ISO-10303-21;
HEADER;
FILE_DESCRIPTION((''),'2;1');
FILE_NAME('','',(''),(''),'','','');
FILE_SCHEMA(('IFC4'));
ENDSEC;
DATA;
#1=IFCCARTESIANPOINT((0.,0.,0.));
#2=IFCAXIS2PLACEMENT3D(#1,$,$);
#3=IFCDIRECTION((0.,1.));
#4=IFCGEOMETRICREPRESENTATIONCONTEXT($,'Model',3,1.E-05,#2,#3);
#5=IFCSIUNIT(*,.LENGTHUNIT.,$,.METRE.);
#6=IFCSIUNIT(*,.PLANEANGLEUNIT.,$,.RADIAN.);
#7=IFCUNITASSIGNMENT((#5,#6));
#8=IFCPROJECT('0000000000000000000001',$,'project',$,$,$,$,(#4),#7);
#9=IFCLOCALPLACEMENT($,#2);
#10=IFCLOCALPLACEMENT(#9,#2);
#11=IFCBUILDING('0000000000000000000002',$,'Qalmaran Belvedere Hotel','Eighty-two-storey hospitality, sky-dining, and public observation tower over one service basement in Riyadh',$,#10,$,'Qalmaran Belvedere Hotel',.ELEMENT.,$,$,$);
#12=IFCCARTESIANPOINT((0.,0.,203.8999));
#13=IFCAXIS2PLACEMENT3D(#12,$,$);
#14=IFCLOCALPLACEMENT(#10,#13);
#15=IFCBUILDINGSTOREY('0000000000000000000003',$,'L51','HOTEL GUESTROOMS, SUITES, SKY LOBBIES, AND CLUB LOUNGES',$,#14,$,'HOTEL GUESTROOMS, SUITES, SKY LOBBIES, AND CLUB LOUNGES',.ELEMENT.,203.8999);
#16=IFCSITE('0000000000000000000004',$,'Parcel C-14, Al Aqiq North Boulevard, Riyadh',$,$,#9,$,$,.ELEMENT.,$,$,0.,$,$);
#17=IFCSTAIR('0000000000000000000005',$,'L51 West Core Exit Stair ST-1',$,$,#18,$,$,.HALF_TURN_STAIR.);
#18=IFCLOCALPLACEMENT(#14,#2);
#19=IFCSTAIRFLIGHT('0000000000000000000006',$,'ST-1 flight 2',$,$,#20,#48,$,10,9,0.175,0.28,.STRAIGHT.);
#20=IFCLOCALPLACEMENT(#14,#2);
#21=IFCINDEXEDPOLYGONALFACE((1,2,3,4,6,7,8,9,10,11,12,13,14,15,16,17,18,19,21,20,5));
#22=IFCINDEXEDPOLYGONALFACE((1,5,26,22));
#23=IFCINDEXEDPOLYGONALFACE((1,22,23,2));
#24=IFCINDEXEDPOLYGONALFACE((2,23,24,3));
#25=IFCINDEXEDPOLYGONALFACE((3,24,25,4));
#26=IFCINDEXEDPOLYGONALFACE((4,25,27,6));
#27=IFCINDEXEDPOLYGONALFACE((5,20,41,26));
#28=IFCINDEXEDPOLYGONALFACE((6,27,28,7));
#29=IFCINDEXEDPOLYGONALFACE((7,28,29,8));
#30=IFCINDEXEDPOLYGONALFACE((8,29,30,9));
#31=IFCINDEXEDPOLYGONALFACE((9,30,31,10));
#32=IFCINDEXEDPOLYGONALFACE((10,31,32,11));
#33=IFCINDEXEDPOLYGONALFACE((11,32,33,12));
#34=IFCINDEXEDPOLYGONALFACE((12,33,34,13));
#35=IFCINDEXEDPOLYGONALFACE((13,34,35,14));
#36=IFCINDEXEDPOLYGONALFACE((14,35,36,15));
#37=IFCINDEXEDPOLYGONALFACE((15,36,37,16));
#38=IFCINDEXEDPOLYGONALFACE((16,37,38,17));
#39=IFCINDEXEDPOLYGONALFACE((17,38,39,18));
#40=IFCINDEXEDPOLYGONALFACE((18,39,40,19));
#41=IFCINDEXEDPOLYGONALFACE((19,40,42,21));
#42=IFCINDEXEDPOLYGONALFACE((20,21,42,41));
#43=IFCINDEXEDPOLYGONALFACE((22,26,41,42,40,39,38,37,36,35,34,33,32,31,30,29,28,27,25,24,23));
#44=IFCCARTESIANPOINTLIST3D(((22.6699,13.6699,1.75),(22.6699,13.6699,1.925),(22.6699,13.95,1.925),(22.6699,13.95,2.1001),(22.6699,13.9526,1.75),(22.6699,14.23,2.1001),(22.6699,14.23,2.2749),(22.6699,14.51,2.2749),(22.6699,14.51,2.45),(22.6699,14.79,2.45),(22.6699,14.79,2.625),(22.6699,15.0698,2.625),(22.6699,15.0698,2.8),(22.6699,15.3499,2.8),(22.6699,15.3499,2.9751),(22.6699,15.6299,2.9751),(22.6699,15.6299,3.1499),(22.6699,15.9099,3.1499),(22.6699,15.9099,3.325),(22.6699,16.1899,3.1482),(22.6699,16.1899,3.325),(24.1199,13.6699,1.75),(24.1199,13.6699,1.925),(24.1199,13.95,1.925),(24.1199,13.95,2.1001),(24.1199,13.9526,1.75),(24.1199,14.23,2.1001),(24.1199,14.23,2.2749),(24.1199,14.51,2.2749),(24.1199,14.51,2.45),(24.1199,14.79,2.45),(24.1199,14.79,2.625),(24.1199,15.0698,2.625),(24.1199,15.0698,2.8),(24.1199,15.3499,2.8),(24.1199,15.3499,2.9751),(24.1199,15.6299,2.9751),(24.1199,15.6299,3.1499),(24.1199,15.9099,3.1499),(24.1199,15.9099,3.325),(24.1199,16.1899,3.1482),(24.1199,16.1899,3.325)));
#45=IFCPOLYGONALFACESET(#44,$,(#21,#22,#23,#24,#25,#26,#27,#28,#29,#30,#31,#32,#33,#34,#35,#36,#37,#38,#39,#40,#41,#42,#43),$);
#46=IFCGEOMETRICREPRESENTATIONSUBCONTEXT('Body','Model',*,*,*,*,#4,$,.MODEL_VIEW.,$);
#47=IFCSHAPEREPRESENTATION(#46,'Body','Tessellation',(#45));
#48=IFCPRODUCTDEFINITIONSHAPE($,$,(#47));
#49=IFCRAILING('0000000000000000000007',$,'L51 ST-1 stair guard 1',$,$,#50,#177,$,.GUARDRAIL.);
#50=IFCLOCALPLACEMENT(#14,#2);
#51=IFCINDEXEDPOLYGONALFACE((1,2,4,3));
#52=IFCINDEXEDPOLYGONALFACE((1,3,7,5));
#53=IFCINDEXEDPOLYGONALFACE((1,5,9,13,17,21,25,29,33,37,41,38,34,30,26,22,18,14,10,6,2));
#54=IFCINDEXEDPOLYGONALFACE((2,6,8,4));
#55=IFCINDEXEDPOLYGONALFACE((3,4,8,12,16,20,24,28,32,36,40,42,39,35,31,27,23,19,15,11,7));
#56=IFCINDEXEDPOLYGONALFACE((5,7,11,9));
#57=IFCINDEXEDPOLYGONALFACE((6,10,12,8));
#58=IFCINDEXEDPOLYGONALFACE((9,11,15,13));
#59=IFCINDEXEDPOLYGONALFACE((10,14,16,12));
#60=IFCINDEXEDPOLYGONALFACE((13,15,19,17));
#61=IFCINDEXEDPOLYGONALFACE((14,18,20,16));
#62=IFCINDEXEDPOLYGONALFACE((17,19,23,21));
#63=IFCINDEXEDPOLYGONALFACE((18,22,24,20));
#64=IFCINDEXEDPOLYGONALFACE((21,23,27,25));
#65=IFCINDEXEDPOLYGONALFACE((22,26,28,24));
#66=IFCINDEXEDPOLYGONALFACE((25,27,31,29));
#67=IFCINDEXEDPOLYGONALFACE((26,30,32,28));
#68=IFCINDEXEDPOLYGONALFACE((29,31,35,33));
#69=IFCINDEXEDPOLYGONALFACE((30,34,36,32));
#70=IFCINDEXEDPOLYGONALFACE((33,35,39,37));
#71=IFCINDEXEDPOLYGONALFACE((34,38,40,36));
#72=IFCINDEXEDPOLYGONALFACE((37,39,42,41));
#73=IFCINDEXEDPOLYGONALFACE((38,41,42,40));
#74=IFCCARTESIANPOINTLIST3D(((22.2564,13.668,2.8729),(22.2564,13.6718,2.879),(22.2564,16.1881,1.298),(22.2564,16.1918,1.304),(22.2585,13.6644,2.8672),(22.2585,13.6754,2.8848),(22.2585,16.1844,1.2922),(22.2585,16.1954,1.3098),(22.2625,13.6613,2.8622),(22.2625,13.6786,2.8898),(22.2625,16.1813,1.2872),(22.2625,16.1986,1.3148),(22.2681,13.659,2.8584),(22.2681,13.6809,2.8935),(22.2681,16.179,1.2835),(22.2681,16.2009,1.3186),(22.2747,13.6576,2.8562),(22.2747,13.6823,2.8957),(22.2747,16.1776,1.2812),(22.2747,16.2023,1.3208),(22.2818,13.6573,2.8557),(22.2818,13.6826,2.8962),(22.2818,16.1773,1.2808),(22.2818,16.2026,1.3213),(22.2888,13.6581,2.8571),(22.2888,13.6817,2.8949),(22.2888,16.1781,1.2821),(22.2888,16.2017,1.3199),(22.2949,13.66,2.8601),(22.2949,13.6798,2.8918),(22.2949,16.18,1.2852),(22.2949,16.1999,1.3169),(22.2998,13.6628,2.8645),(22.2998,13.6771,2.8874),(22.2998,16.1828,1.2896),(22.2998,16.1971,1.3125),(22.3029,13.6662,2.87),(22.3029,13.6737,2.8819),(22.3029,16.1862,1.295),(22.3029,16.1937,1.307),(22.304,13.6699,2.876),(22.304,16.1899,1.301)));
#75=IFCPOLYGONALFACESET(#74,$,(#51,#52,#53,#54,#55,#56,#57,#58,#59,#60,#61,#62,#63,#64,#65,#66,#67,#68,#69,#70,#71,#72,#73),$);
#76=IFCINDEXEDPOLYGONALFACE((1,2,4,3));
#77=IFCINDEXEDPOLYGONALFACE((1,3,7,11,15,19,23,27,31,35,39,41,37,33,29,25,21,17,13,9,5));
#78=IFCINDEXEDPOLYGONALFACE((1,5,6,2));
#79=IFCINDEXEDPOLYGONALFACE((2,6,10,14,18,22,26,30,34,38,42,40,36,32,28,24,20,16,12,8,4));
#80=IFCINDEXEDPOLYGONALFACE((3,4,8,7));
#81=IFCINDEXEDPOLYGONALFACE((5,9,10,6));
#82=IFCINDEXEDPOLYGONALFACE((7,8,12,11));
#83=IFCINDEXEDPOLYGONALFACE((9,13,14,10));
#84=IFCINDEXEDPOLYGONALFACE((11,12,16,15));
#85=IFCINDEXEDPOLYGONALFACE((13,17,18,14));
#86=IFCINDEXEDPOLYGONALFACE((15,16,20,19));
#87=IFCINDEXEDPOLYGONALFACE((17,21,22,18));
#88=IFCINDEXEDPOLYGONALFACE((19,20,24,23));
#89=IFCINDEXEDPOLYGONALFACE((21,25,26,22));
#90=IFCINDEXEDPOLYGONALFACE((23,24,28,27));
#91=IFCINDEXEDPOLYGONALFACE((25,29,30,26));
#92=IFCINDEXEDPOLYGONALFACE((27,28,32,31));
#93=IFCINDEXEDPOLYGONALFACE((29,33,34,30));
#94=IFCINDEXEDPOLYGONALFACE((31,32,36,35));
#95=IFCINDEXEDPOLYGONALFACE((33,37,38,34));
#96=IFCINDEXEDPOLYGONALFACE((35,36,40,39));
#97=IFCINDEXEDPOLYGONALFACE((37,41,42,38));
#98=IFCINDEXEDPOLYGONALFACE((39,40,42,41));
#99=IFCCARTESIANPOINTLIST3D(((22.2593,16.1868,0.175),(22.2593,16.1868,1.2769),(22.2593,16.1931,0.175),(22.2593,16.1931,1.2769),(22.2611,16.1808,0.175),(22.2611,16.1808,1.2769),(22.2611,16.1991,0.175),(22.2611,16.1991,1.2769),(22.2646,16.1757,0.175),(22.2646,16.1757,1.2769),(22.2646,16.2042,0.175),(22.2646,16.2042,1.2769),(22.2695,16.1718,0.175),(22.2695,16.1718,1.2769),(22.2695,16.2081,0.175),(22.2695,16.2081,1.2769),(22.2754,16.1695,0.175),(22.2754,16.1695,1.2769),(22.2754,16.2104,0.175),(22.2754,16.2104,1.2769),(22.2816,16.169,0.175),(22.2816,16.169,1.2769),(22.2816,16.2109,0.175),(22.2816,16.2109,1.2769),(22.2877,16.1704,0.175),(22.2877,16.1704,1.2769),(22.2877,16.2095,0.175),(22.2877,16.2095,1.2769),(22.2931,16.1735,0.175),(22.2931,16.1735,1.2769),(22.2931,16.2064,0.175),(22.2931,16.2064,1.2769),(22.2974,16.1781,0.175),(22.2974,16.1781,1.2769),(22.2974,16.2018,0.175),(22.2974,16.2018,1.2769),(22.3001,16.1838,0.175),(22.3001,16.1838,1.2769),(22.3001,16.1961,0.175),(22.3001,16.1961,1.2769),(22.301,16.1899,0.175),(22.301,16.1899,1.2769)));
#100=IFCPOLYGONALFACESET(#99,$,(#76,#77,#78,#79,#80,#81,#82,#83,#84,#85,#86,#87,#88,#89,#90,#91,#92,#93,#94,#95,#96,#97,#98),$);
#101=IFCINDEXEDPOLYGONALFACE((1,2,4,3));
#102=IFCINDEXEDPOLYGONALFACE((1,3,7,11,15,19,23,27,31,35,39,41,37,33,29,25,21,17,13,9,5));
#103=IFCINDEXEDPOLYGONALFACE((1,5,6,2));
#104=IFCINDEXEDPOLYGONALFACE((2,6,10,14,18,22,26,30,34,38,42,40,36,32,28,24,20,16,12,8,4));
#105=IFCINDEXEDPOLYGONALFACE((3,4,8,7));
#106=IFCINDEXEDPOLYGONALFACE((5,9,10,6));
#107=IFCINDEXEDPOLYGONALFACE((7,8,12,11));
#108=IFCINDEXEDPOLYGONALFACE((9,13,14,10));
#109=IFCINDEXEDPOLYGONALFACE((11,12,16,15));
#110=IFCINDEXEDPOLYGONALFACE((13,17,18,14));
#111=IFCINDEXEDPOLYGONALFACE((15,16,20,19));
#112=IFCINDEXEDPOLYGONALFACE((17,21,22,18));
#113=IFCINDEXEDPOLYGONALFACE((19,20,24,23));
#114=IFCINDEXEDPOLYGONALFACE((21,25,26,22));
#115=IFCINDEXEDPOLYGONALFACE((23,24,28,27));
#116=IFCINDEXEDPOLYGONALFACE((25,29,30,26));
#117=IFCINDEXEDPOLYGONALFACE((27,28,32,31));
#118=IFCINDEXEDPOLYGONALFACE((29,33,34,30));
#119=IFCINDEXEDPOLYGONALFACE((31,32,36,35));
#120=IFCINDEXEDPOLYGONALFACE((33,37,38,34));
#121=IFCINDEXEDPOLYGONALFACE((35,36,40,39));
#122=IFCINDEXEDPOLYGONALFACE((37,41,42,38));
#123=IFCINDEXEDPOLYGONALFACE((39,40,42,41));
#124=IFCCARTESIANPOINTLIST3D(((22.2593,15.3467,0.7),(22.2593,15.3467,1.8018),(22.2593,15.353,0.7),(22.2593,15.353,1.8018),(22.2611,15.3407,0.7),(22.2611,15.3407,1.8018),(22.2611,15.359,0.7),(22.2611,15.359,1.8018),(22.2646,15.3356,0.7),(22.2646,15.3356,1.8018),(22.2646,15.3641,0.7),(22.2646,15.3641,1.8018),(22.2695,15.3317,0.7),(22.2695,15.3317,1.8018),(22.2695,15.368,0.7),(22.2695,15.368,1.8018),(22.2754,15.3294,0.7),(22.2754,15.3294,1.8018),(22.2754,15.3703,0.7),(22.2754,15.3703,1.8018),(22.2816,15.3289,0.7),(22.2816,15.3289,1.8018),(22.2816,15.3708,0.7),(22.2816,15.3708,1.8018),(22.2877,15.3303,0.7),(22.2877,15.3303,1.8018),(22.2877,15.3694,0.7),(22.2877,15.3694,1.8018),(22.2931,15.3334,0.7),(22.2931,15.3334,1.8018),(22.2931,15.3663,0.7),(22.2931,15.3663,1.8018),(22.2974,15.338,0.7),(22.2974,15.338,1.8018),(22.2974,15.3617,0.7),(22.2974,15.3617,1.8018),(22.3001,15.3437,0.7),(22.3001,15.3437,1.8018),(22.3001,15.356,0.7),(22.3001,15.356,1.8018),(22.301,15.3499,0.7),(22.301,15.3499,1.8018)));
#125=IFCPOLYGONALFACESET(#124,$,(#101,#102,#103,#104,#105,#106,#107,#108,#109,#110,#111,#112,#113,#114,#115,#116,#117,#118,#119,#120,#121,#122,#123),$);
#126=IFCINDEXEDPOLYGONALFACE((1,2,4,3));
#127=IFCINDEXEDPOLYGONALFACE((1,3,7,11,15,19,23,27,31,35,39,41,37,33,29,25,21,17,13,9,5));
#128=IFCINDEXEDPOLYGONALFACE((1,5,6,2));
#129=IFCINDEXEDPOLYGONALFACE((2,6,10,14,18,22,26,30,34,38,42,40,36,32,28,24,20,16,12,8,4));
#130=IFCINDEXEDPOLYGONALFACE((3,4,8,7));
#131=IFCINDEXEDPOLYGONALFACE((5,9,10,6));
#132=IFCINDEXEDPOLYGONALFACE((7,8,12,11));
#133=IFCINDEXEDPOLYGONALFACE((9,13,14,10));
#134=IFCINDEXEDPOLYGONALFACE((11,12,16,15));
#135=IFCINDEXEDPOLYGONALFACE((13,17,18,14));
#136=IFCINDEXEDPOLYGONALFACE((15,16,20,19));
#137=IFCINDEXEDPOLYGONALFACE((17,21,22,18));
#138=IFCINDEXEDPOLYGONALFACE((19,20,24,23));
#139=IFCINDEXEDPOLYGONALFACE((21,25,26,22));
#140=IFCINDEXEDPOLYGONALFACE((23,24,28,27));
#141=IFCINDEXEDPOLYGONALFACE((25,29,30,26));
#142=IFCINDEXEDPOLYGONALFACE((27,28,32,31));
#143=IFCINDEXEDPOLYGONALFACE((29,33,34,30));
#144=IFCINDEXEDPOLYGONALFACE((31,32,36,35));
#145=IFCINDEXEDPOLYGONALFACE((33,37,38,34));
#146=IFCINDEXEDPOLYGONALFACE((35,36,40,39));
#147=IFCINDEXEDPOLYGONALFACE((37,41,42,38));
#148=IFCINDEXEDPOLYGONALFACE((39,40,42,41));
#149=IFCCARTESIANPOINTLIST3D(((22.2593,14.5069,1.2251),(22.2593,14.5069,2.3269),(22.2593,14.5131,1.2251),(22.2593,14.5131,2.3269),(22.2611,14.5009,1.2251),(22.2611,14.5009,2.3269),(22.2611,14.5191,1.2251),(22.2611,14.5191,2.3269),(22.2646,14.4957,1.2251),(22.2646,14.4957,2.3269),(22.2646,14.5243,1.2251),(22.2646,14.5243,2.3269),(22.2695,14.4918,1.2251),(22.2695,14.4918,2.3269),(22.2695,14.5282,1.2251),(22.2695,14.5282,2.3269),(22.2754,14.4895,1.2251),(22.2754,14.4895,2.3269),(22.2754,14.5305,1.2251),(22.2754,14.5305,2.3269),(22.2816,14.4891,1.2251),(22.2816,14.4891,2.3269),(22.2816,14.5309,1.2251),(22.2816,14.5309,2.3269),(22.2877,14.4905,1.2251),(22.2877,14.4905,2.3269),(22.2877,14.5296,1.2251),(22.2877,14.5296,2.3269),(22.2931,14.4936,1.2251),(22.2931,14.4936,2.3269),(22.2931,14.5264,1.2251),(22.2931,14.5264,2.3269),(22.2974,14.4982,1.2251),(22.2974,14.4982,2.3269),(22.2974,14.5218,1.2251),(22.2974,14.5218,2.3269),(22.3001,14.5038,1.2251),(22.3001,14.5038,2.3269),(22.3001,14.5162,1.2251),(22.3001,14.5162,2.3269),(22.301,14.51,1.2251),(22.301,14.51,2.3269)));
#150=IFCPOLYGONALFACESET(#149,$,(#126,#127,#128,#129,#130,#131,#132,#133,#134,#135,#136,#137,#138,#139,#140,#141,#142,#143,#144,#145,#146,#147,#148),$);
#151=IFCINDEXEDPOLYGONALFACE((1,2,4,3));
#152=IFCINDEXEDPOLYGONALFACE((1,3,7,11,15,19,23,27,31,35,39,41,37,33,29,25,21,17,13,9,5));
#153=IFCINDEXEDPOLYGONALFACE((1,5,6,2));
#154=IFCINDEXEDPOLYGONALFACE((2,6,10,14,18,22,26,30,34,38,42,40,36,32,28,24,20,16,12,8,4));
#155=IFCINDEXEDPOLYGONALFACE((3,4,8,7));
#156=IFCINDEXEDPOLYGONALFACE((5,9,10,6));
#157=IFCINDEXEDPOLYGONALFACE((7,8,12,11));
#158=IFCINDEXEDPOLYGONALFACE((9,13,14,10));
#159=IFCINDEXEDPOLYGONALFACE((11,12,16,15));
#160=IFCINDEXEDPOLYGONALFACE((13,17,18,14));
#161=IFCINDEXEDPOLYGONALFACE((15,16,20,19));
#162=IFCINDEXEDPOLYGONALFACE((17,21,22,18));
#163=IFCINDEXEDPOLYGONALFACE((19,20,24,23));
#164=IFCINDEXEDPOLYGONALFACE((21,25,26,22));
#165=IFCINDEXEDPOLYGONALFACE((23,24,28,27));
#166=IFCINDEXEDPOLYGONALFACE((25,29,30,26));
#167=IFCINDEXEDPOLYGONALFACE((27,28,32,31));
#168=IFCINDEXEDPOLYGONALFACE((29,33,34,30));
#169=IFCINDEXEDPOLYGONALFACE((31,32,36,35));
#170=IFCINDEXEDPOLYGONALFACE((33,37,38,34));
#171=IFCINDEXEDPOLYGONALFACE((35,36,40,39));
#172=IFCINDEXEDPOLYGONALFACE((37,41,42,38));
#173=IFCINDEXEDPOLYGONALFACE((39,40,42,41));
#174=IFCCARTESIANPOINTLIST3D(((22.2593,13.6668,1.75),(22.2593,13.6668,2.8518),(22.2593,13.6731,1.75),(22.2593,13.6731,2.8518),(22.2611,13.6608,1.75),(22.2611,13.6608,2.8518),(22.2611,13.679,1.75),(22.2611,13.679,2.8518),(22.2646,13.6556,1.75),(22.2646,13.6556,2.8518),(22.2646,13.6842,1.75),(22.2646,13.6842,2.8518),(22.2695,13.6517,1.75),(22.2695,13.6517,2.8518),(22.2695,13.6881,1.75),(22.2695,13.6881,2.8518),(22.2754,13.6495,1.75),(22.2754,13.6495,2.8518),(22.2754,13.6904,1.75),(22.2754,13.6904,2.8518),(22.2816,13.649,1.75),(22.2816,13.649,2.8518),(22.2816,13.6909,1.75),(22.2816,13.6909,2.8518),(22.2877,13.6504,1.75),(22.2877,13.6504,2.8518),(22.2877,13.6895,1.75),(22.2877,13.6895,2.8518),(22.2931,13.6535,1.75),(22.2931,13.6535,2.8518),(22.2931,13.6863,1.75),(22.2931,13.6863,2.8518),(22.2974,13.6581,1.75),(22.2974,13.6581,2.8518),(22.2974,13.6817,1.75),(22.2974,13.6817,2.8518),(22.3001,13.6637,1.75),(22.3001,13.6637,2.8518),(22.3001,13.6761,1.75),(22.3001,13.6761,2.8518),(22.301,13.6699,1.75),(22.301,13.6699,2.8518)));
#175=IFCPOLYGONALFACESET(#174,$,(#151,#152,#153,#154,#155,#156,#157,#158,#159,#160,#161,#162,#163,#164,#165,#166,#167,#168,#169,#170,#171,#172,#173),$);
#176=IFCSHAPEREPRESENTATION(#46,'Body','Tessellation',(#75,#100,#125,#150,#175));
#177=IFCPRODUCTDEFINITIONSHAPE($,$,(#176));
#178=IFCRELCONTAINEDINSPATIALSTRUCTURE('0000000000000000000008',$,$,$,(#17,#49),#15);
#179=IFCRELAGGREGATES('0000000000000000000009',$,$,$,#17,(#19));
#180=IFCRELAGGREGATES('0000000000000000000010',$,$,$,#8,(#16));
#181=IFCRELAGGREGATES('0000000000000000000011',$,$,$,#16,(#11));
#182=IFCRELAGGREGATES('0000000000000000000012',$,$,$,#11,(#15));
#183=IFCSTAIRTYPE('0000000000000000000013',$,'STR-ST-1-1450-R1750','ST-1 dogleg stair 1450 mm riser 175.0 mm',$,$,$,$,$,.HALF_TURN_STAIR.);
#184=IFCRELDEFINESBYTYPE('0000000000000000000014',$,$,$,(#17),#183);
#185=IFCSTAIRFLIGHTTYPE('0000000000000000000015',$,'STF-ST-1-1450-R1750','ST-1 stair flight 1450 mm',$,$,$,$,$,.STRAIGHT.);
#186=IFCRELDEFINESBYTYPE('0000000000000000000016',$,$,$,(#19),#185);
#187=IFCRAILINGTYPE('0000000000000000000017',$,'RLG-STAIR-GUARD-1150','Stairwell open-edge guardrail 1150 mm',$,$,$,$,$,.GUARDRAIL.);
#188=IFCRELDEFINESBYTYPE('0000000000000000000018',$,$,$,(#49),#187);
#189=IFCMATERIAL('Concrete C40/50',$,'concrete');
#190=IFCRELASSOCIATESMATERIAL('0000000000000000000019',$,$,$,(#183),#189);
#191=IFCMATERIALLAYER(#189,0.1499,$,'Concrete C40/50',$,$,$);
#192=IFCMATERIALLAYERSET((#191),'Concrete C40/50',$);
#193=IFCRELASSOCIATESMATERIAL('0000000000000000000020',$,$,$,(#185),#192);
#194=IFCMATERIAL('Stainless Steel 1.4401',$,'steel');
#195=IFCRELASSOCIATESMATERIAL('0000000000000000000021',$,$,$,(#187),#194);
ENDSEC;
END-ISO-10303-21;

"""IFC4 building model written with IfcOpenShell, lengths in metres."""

from ifc_helpers import new_model, si_unit, direction, frame, origin, origin_2d, place, context, subcontext, project, spatial, polyline, circle, outline, extrude, material, layer, layer_set, type_object, element, aggregate, save


model = new_model("IFC4")

# Units and contexts
model_context = context("Model", 3, precision=1e-05, world=origin(), true_north=direction((0.0, 1.0)))
body_context = subcontext(model_context, "Body", "Model", "MODEL_VIEW")
ifc_project = project(units=[si_unit("LENGTHUNIT", "METRE"), si_unit("PLANEANGLEUNIT", "RADIAN")], contexts=[model_context])

# Site, building, storey
site_placement = place(None, origin())
site = spatial("IfcSite", under=ifc_project, at=site_placement, Name="Parcel C-14, Al Aqiq North Boulevard, Riyadh", CompositionType="ELEMENT", RefElevation=0.0)
building_placement = place(site_placement, origin())
building = spatial("IfcBuilding", under=site, at=building_placement, Name="Qalmaran Belvedere Hotel", Description="Eighty-two-storey hospitality, sky-dining, and public observation tower over one service basement in Riyadh", LongName="Qalmaran Belvedere Hotel", CompositionType="ELEMENT")
storey_placement = place(building_placement, frame((0.0, 0.0, 203.8999)))
storey = spatial("IfcBuildingStorey", under=building, at=storey_placement, Name="L51", Description="HOTEL GUESTROOMS, SUITES, SKY LOBBIES, AND CLUB LOUNGES", LongName="HOTEL GUESTROOMS, SUITES, SKY LOBBIES, AND CLUB LOUNGES", CompositionType="ELEMENT", Elevation=203.8999)

# Shared definitions
ifc_material_1 = material(Name="Stainless Steel 1.4401", Category="steel")

# Stair, stair flight
ifc_material_2 = material(Name="Concrete C40/50", Category="concrete")
stair_type = type_object("IfcStairType", Name="STR-ST-1-1450-R1750", Description="ST-1 dogleg stair 1450 mm riser 175.0 mm", PredefinedType="HALF_TURN_STAIR", material=ifc_material_2)
stair_placement = place(storey_placement, origin())
stair = element("IfcStair", 1, at=stair_placement, inside=storey, type_object=stair_type, Name="L51 West Core Exit Stair ST-1", PredefinedType="HALF_TURN_STAIR")
ifc_layer_1 = layer(ifc_material_2, 0.1499, Name="Concrete C40/50")
ifc_layer_set_1 = layer_set([ifc_layer_1], Name="Concrete C40/50")
stair_flight_type = type_object("IfcStairFlightType", Name="STF-ST-1-1450-R1750", Description="ST-1 stair flight 1450 mm", PredefinedType="STRAIGHT", material=ifc_layer_set_1)
stair_flight_1_placement = place(storey_placement, frame((23.395, 13.6699, 1.75), z_axis=(0.0, 0.0, 1.0), x_axis=(0.0, 1.0, 0.0)))
stair_flight_1 = element("IfcStairFlight", 2, at=stair_flight_1_placement, type_object=stair_flight_type, Name="ST-1 flight 2", NumberOfRisers=10, NumberOfTreads=9, PredefinedType="STRAIGHT", RiserHeight=0.175, TreadLength=0.28, context=body_context, shape_type="SweptSolid", body=[
    extrude(outline(polyline([(0.0, 0.0), (0.0, 0.175), (0.28, 0.175), (0.28, 0.3501), (0.5601, 0.3501), (0.5601, 0.5249), (0.8401, 0.5249), (0.8401, 0.7), (1.1201, 0.7), (1.1201, 0.875), (1.3999, 0.875), (1.3999, 1.05), (1.6799, 1.05), (1.6799, 1.2251), (1.96, 1.2251), (1.96, 1.3999), (2.24, 1.3999), (2.24, 1.575), (2.52, 1.575), (2.52, 1.75), (2.52, 1.3982), (0.2827, 0.0), (0.0, 0.0)])), frame((0.0, 0.7251, 0.0), z_axis=(0.0, -1.0, 0.0), x_axis=(1.0, 0.0, 0.0)), (0.0, 0.0, 1.0), 1.45),
])
aggregate(stair, [stair_flight_1])

# Railing
railing_type_1 = type_object("IfcRailingType", Name="RLG-STAIR-GUARD-1150", Description="Stairwell open-edge guardrail 1150 mm", PredefinedType="GUARDRAIL", material=ifc_material_1)
railing_1_placement = place(storey_placement, frame((22.28, 16.1899, 0.175)))
element("IfcRailing", 3, at=railing_1_placement, inside=storey, type_object=railing_type_1, Name="L51 ST-1 stair guard 1", PredefinedType="GUARDRAIL", context=body_context, shape_type="SweptSolid", body=[
    extrude(circle(Radius=0.0239, at=origin_2d()), frame((0.0, 0.0, 1.126), z_axis=(0.0, -0.848008, 0.529984), x_axis=(1.0, 0.0, 0.0)), (0.0, 0.0, 1.0), 2.9717),
    extrude(circle(Radius=0.021, at=origin_2d()), origin(), (0.0, 0.0, 1.0), 1.1018),
    extrude(circle(Radius=0.021, at=origin_2d()), frame((0.0, -0.8401, 0.5249)), (0.0, 0.0, 1.0), 1.1018),
    extrude(circle(Radius=0.021, at=origin_2d()), frame((0.0, -1.6799, 1.05)), (0.0, 0.0, 1.0), 1.1018),
    extrude(circle(Radius=0.021, at=origin_2d()), frame((0.0, -2.52, 1.575)), (0.0, 0.0, 1.0), 1.1018),
])

save(model, "model.ifc")
